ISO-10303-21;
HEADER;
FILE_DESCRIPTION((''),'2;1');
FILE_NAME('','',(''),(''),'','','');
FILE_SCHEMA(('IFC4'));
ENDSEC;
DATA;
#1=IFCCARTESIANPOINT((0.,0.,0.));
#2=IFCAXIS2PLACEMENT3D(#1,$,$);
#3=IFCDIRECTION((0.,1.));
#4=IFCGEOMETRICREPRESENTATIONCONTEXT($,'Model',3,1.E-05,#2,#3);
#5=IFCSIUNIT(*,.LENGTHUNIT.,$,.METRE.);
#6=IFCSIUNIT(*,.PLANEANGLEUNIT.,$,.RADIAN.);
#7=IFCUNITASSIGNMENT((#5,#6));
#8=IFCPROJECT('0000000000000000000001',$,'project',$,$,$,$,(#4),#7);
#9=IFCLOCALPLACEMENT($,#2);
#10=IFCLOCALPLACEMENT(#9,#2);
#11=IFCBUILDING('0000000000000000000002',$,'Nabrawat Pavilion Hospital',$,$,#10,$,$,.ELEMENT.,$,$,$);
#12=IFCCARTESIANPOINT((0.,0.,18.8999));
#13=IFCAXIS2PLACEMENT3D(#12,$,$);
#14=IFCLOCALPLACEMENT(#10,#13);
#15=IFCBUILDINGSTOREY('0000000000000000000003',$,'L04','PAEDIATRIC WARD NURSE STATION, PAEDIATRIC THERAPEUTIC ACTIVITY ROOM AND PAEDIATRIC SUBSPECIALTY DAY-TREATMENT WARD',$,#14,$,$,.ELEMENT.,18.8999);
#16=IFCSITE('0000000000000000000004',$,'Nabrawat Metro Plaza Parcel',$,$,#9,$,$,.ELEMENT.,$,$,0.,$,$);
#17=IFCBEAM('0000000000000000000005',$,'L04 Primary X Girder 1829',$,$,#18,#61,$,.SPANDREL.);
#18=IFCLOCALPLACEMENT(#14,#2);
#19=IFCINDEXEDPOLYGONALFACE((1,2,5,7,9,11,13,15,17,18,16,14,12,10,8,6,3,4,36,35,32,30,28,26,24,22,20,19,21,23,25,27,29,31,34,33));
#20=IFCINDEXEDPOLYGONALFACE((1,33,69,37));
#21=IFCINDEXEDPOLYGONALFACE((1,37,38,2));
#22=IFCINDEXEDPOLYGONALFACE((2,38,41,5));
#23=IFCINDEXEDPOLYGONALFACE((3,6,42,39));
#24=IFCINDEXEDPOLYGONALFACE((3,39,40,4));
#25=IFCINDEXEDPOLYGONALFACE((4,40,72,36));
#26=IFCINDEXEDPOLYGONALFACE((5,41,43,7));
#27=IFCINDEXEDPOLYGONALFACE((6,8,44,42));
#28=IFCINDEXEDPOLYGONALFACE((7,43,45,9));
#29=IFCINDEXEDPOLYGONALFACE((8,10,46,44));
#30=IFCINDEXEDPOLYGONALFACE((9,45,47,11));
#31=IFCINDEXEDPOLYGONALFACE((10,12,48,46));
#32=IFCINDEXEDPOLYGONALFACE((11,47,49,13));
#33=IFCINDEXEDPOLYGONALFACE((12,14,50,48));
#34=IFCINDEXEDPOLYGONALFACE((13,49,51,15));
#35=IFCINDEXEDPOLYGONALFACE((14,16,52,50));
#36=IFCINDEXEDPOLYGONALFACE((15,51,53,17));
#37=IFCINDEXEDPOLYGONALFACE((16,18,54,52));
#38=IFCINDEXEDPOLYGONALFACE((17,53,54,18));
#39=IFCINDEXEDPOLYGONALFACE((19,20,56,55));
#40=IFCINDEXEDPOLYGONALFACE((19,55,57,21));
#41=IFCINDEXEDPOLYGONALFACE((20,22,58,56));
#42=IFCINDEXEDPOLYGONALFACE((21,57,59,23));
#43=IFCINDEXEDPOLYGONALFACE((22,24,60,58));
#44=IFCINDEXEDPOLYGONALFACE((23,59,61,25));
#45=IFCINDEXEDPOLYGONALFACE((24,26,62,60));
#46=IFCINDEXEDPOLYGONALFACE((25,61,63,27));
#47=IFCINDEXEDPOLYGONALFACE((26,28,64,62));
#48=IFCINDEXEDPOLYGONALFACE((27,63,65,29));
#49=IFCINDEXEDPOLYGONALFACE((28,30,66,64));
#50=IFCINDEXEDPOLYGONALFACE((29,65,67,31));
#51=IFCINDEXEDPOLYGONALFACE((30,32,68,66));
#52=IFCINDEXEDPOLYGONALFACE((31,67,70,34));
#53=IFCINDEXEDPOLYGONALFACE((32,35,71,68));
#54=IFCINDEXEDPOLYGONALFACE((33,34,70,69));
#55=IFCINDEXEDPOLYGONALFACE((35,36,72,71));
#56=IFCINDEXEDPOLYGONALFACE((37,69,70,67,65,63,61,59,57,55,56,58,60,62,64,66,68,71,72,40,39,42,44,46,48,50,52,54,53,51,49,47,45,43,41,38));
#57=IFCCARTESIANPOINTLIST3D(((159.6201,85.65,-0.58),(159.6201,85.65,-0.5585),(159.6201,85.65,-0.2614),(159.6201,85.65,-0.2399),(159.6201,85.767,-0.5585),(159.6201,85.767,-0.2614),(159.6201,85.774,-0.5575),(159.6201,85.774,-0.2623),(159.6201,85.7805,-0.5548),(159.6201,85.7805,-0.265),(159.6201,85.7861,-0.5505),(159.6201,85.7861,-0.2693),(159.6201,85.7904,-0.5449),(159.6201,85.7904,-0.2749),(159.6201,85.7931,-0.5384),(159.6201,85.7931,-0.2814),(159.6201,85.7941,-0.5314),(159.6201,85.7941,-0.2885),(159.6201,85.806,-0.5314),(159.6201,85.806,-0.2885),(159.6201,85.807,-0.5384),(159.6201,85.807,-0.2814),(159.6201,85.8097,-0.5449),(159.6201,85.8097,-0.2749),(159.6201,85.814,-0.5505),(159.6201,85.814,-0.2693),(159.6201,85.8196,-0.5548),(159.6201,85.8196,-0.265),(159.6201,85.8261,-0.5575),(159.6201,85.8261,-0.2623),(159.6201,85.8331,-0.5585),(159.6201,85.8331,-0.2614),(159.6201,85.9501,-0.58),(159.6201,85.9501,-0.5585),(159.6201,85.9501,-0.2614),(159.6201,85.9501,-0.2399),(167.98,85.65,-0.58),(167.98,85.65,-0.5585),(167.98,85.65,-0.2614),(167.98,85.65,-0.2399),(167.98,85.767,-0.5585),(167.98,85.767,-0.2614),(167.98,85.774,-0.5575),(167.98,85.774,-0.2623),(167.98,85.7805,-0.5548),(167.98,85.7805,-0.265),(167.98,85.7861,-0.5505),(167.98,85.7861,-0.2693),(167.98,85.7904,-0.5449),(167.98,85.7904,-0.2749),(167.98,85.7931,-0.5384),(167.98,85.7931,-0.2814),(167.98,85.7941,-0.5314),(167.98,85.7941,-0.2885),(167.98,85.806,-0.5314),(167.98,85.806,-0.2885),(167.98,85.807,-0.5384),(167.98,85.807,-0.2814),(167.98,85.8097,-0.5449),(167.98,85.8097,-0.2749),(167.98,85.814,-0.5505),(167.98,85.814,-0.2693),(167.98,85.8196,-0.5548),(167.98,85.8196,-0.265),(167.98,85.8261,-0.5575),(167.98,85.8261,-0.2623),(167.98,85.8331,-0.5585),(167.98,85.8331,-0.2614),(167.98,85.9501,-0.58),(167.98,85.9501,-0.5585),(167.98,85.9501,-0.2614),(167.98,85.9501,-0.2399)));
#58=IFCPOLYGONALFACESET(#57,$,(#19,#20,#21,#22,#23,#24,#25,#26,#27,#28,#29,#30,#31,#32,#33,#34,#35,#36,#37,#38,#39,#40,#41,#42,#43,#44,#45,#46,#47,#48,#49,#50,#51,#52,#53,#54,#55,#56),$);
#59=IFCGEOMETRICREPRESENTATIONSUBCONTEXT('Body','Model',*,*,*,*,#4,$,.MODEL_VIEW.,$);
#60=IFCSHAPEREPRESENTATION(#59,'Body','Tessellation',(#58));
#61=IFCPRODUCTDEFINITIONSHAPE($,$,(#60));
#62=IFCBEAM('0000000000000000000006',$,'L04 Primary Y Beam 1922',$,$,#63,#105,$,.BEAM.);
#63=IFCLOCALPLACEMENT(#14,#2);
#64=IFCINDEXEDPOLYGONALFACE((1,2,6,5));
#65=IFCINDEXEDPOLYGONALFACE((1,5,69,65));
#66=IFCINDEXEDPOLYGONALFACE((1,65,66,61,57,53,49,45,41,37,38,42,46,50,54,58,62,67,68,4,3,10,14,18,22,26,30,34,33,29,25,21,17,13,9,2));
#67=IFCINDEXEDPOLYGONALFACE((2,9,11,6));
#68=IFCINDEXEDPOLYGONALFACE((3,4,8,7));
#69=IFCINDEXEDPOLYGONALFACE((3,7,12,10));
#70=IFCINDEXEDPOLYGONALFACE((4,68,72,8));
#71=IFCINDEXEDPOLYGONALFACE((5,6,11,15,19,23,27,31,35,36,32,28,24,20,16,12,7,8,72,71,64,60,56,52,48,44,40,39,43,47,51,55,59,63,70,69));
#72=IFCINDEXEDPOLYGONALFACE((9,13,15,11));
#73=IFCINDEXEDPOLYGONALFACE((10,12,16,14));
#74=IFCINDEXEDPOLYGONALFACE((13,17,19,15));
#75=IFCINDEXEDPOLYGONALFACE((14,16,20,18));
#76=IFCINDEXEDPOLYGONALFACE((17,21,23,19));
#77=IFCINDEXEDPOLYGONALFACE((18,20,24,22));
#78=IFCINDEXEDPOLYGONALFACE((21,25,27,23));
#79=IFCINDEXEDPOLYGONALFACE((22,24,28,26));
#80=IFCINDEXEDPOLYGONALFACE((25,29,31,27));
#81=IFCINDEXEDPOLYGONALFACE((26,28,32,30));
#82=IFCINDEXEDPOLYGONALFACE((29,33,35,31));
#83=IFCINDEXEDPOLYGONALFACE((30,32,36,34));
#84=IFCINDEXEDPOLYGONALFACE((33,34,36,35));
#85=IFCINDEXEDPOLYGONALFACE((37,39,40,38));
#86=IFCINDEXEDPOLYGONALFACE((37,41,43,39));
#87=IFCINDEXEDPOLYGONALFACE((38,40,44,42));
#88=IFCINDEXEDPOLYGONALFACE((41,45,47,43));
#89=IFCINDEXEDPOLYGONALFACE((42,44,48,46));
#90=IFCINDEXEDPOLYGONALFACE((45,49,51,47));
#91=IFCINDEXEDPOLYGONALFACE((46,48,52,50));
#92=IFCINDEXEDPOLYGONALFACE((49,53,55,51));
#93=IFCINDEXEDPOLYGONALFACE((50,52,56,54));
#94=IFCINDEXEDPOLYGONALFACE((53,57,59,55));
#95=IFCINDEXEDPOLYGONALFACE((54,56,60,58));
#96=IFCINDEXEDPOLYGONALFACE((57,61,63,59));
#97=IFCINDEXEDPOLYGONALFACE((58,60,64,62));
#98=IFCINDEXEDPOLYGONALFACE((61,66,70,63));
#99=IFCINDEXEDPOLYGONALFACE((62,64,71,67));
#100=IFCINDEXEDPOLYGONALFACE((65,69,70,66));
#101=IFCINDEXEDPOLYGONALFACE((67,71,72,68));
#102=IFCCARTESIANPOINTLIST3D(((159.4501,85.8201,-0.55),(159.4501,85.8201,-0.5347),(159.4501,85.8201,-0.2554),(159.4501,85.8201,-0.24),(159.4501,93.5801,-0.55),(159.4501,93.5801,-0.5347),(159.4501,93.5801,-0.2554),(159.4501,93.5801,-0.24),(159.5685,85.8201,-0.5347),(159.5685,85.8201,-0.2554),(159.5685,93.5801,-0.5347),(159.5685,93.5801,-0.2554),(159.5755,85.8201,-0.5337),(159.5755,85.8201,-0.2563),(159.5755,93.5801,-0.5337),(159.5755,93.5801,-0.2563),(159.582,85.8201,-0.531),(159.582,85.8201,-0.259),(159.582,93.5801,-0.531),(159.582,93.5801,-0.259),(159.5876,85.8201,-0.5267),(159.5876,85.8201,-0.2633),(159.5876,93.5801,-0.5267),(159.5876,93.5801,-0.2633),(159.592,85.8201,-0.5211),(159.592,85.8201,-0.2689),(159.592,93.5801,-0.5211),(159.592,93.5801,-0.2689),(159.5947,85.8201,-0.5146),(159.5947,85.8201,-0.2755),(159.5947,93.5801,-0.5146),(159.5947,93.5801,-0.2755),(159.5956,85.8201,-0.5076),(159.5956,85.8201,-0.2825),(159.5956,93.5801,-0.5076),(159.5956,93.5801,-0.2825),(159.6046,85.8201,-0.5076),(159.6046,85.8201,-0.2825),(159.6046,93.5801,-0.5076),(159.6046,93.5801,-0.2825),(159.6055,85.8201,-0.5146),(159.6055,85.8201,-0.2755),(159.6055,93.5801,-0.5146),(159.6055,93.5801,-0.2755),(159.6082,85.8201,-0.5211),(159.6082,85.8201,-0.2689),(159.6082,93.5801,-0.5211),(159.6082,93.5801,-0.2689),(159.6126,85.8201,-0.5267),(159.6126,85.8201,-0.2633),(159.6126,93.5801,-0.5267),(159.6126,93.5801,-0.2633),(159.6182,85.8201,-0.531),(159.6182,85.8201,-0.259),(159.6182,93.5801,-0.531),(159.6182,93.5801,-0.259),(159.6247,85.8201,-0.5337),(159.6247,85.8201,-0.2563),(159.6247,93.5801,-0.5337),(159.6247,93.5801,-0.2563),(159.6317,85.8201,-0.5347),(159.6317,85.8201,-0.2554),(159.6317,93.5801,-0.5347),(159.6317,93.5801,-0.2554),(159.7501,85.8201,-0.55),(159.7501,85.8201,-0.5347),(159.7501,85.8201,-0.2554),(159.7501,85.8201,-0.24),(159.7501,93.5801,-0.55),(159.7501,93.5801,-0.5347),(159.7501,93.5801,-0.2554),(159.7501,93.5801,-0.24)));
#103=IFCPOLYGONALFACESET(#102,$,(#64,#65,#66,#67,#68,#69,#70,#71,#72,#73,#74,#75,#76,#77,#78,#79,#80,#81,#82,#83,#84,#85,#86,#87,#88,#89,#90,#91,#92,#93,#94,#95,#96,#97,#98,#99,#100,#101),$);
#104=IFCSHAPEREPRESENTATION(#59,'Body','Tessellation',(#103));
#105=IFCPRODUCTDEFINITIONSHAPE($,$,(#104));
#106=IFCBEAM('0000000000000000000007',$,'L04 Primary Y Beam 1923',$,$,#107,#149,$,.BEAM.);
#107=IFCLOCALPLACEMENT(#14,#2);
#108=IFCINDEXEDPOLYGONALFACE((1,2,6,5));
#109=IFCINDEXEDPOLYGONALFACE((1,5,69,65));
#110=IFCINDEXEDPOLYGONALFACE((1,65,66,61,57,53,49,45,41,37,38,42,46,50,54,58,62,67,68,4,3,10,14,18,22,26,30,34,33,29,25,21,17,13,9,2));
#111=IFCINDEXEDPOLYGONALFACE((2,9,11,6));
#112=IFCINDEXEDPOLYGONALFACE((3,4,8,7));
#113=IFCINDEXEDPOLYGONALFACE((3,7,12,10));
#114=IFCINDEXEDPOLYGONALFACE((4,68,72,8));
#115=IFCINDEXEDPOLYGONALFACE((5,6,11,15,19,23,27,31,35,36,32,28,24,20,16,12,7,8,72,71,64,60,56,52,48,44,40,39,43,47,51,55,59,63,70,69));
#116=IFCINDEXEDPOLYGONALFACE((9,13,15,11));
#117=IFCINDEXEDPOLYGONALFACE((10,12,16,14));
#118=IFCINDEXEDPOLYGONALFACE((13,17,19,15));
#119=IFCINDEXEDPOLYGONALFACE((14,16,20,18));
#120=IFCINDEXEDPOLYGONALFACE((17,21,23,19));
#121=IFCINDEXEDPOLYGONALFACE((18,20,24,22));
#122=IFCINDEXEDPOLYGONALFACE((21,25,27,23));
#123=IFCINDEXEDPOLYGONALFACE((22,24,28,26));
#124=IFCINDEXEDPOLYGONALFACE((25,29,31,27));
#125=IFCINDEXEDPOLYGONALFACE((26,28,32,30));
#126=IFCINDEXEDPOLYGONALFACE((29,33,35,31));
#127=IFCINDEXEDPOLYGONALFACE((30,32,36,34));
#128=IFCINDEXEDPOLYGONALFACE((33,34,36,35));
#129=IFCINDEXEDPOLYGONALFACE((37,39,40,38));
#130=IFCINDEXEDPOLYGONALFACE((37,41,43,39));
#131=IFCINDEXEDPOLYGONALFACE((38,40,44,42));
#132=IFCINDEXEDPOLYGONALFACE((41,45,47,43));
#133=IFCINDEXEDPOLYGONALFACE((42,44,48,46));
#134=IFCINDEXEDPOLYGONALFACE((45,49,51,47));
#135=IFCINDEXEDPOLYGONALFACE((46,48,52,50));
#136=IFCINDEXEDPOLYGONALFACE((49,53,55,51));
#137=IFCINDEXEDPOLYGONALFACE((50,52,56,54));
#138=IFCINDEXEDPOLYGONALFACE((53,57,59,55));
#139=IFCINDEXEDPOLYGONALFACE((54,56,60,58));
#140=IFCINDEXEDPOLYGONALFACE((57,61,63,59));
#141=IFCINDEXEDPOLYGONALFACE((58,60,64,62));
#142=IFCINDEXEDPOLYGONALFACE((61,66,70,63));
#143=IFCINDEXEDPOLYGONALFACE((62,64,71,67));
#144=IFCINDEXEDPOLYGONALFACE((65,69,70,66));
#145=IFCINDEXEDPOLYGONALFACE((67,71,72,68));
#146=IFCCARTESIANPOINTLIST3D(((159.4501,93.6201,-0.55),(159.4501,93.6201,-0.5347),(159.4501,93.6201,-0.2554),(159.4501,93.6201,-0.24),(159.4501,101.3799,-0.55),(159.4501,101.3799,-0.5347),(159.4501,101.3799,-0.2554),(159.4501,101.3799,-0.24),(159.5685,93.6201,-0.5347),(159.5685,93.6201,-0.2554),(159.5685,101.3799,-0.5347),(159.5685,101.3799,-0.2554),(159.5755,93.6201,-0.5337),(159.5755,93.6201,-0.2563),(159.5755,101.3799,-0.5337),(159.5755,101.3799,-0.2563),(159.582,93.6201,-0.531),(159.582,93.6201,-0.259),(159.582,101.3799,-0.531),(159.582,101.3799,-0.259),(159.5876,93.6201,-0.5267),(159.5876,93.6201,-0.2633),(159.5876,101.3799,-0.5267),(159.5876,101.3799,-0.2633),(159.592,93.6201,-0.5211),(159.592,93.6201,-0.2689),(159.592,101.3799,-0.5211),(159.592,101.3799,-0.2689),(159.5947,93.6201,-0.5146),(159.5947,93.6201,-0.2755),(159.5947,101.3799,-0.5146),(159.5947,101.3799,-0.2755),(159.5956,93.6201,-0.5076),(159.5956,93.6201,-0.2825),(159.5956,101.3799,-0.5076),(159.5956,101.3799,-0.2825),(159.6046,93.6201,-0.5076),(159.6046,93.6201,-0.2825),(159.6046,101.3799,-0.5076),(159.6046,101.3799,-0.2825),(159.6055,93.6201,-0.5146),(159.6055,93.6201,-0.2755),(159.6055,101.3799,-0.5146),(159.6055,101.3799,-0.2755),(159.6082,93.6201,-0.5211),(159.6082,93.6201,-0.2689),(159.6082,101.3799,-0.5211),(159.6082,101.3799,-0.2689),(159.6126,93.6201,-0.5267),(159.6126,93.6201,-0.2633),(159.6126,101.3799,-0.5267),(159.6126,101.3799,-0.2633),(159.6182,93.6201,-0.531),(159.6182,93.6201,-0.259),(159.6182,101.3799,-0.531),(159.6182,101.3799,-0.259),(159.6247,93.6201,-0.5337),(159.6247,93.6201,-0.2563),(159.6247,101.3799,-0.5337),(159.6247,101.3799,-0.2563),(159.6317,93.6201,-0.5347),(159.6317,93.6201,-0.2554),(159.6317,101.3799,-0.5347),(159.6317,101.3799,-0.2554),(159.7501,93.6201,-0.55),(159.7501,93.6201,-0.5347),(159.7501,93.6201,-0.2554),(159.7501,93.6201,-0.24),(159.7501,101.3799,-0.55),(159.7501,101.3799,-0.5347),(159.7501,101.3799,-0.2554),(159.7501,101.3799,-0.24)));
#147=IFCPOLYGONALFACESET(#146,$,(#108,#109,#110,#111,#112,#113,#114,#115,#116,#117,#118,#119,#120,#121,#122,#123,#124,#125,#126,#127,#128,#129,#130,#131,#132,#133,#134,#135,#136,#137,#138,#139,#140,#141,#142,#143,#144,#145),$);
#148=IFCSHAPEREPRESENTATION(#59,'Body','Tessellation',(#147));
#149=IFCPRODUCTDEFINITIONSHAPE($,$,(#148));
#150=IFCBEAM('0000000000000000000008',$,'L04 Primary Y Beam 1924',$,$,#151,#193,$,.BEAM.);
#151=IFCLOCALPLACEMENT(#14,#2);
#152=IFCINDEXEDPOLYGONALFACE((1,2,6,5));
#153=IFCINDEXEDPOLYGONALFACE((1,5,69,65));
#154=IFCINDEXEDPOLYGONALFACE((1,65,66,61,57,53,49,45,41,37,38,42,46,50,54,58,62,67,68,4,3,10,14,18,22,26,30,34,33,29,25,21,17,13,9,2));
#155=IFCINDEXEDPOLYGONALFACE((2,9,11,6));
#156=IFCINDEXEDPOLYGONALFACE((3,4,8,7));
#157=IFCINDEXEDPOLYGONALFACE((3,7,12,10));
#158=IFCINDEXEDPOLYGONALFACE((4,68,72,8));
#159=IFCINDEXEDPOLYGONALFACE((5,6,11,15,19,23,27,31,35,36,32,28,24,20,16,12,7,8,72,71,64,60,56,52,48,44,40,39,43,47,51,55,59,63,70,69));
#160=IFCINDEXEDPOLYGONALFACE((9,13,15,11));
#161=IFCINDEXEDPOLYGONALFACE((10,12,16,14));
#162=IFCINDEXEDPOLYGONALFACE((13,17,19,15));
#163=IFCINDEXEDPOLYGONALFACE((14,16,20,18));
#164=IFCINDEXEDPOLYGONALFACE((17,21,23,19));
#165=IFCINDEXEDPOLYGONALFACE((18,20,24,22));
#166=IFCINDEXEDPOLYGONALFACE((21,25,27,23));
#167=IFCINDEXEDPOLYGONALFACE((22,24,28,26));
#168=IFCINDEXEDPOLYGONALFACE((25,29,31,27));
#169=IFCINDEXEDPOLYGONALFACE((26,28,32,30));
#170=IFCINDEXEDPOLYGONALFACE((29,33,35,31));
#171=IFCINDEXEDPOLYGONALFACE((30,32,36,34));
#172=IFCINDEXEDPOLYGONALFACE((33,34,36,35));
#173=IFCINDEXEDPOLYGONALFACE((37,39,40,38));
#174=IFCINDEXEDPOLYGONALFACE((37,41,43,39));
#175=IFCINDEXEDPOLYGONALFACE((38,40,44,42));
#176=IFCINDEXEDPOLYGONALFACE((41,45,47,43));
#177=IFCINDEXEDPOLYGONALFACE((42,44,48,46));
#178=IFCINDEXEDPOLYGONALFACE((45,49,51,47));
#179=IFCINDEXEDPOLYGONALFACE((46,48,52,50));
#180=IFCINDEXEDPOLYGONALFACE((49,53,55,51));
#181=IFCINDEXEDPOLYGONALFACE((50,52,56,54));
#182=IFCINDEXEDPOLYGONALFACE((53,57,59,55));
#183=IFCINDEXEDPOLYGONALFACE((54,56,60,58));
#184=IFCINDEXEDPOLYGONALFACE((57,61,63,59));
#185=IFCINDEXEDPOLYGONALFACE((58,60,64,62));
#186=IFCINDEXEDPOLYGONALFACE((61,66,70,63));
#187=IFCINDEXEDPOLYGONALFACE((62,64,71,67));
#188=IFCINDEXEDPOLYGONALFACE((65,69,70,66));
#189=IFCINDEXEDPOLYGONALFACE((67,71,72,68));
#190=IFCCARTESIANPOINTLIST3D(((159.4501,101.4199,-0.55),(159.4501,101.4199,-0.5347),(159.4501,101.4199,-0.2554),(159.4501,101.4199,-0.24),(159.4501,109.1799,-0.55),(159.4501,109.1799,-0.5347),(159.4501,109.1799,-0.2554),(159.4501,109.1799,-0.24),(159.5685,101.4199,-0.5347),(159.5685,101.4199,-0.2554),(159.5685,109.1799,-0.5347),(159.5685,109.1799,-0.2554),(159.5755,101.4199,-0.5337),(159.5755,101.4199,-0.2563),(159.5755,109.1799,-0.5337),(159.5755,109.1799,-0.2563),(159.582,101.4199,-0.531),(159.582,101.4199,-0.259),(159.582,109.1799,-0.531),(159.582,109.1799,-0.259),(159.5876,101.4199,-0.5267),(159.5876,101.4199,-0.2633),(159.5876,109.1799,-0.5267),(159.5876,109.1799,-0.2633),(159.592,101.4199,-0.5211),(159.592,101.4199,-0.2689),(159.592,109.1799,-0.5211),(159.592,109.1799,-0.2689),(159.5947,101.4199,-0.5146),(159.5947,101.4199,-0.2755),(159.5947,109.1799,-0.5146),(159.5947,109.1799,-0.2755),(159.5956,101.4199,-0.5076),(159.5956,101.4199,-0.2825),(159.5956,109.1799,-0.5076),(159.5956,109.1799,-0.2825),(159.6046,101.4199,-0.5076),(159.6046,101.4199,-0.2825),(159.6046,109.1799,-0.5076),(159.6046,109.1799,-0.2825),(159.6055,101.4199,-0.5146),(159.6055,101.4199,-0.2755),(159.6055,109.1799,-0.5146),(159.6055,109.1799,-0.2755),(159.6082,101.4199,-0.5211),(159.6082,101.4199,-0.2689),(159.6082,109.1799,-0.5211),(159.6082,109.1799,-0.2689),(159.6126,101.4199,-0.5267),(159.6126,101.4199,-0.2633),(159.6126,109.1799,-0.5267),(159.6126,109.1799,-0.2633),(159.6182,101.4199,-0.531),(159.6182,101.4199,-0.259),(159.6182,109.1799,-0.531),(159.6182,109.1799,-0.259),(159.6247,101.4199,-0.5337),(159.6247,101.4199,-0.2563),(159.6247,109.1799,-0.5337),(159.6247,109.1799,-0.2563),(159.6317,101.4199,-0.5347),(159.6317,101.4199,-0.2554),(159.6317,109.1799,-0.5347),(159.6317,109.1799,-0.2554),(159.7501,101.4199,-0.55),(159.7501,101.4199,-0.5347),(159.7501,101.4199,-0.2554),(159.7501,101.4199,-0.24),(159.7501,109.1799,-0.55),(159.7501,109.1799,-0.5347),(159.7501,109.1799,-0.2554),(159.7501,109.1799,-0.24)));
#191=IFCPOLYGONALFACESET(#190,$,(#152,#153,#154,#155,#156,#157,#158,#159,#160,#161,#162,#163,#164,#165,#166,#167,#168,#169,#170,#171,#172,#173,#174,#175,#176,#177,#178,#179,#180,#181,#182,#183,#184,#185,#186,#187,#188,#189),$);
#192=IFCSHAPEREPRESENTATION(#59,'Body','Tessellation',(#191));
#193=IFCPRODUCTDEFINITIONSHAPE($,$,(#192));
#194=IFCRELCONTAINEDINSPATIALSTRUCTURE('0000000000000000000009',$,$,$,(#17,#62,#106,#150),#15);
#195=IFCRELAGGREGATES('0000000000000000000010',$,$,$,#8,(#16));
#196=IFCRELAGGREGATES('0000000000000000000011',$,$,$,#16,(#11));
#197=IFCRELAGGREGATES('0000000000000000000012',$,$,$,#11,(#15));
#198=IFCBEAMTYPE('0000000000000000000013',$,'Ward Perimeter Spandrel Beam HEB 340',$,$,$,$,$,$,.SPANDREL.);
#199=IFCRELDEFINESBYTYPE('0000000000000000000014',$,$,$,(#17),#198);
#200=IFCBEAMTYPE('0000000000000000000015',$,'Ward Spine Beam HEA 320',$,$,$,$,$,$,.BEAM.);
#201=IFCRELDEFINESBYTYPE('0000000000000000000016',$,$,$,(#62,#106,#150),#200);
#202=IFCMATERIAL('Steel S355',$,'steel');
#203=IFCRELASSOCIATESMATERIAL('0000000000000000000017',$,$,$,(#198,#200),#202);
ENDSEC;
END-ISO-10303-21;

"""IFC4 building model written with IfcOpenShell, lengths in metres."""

from ifc_helpers import new_model, si_unit, direction, frame, origin, origin_2d, place, context, subcontext, project, spatial, i_section, extrude, material, material_profile, profile_set, type_object, element, save


model = new_model("IFC4")

# Units and contexts
model_context = context("Model", 3, precision=1e-05, world=origin(), true_north=direction((0.0, 1.0)))
body_context = subcontext(model_context, "Body", "Model", "MODEL_VIEW")
ifc_project = project(units=[si_unit("LENGTHUNIT", "METRE"), si_unit("PLANEANGLEUNIT", "RADIAN")], contexts=[model_context])

# Site, building, storey
site_placement = place(None, origin())
site = spatial("IfcSite", under=ifc_project, at=site_placement, Name="Nabrawat Metro Plaza Parcel", CompositionType="ELEMENT", RefElevation=0.0)
building_placement = place(site_placement, origin())
building = spatial("IfcBuilding", under=site, at=building_placement, Name="Nabrawat Pavilion Hospital", CompositionType="ELEMENT")
storey_placement = place(building_placement, frame((0.0, 0.0, 18.8999)))
storey = spatial("IfcBuildingStorey", under=building, at=storey_placement, Name="L04", Description="PAEDIATRIC WARD NURSE STATION, PAEDIATRIC THERAPEUTIC ACTIVITY ROOM AND PAEDIATRIC SUBSPECIALTY DAY-TREATMENT WARD", CompositionType="ELEMENT", Elevation=18.8999)

# Shared definitions
ifc_material_1 = material(Name="Steel S355", Category="steel")

# Beams
ifc_material_profile_1 = material_profile(ifc_material_1, i_section(OverallWidth=0.3, OverallDepth=0.3401, WebThickness=0.012, FlangeThickness=0.0215, FilletRadius=0.0271, at=origin_2d()), Name="HEB 340")
ifc_profile_set_1 = profile_set([ifc_material_profile_1], Name="Steel S355")
beam_type_1 = type_object("IfcBeamType", Name="Ward Perimeter Spandrel Beam HEB 340", PredefinedType="SPANDREL", material=ifc_profile_set_1)
beam_1_placement = place(storey_placement, frame((159.6201, 85.8, -0.4099), z_axis=(1.0, 0.0, 0.0), x_axis=(0.0, 1.0, 0.0)))
element("IfcBeam", 1, at=beam_1_placement, inside=storey, type_object=beam_type_1, Name="L04 Primary X Girder 1829", PredefinedType="SPANDREL", context=body_context, shape_type="SweptSolid", body=[
    extrude(i_section(OverallWidth=0.3, OverallDepth=0.3401, WebThickness=0.012, FlangeThickness=0.0215, FilletRadius=0.0271, at=origin_2d()), origin(), (0.0, 0.0, 1.0), 8.3599),
])
ifc_material_profile_2 = material_profile(ifc_material_1, i_section(OverallWidth=0.3, OverallDepth=0.3101, WebThickness=0.009, FlangeThickness=0.0154, FilletRadius=0.0271, at=origin_2d()), Name="HEA 320")
ifc_profile_set_2 = profile_set([ifc_material_profile_2], Name="Steel S355")
beam_type_2 = type_object("IfcBeamType", Name="Ward Spine Beam HEA 320", PredefinedType="BEAM", material=ifc_profile_set_2)
beam_2_placement = place(storey_placement, frame((159.6001, 85.8201, -0.395), z_axis=(0.0, 1.0, 0.0), x_axis=(-1.0, 0.0, 0.0)))
element("IfcBeam", 2, at=beam_2_placement, inside=storey, type_object=beam_type_2, Name="L04 Primary Y Beam 1922", PredefinedType="BEAM", context=body_context, shape_type="SweptSolid", body=[
    extrude(i_section(OverallWidth=0.3, OverallDepth=0.3101, WebThickness=0.009, FlangeThickness=0.0154, FilletRadius=0.0271, at=origin_2d()), origin(), (0.0, 0.0, 1.0), 7.76),
])
beam_3_placement = place(storey_placement, frame((159.6001, 93.6201, -0.395), z_axis=(0.0, 1.0, 0.0), x_axis=(-1.0, 0.0, 0.0)))
element("IfcBeam", 3, at=beam_3_placement, inside=storey, type_object=beam_type_2, Name="L04 Primary Y Beam 1923", PredefinedType="BEAM", context=body_context, shape_type="SweptSolid", body=[
    extrude(i_section(OverallWidth=0.3, OverallDepth=0.3101, WebThickness=0.009, FlangeThickness=0.0154, FilletRadius=0.0271, at=origin_2d()), origin(), (0.0, 0.0, 1.0), 7.7598),
])
beam_4_placement = place(storey_placement, frame((159.6001, 101.4199, -0.395), z_axis=(0.0, 1.0, 0.0), x_axis=(-1.0, 0.0, 0.0)))
element("IfcBeam", 4, at=beam_4_placement, inside=storey, type_object=beam_type_2, Name="L04 Primary Y Beam 1924", PredefinedType="BEAM", context=body_context, shape_type="SweptSolid", body=[
    extrude(i_section(OverallWidth=0.3, OverallDepth=0.3101, WebThickness=0.009, FlangeThickness=0.0154, FilletRadius=0.0271, at=origin_2d()), origin(), (0.0, 0.0, 1.0), 7.76),
])

save(model, "model.ifc")
